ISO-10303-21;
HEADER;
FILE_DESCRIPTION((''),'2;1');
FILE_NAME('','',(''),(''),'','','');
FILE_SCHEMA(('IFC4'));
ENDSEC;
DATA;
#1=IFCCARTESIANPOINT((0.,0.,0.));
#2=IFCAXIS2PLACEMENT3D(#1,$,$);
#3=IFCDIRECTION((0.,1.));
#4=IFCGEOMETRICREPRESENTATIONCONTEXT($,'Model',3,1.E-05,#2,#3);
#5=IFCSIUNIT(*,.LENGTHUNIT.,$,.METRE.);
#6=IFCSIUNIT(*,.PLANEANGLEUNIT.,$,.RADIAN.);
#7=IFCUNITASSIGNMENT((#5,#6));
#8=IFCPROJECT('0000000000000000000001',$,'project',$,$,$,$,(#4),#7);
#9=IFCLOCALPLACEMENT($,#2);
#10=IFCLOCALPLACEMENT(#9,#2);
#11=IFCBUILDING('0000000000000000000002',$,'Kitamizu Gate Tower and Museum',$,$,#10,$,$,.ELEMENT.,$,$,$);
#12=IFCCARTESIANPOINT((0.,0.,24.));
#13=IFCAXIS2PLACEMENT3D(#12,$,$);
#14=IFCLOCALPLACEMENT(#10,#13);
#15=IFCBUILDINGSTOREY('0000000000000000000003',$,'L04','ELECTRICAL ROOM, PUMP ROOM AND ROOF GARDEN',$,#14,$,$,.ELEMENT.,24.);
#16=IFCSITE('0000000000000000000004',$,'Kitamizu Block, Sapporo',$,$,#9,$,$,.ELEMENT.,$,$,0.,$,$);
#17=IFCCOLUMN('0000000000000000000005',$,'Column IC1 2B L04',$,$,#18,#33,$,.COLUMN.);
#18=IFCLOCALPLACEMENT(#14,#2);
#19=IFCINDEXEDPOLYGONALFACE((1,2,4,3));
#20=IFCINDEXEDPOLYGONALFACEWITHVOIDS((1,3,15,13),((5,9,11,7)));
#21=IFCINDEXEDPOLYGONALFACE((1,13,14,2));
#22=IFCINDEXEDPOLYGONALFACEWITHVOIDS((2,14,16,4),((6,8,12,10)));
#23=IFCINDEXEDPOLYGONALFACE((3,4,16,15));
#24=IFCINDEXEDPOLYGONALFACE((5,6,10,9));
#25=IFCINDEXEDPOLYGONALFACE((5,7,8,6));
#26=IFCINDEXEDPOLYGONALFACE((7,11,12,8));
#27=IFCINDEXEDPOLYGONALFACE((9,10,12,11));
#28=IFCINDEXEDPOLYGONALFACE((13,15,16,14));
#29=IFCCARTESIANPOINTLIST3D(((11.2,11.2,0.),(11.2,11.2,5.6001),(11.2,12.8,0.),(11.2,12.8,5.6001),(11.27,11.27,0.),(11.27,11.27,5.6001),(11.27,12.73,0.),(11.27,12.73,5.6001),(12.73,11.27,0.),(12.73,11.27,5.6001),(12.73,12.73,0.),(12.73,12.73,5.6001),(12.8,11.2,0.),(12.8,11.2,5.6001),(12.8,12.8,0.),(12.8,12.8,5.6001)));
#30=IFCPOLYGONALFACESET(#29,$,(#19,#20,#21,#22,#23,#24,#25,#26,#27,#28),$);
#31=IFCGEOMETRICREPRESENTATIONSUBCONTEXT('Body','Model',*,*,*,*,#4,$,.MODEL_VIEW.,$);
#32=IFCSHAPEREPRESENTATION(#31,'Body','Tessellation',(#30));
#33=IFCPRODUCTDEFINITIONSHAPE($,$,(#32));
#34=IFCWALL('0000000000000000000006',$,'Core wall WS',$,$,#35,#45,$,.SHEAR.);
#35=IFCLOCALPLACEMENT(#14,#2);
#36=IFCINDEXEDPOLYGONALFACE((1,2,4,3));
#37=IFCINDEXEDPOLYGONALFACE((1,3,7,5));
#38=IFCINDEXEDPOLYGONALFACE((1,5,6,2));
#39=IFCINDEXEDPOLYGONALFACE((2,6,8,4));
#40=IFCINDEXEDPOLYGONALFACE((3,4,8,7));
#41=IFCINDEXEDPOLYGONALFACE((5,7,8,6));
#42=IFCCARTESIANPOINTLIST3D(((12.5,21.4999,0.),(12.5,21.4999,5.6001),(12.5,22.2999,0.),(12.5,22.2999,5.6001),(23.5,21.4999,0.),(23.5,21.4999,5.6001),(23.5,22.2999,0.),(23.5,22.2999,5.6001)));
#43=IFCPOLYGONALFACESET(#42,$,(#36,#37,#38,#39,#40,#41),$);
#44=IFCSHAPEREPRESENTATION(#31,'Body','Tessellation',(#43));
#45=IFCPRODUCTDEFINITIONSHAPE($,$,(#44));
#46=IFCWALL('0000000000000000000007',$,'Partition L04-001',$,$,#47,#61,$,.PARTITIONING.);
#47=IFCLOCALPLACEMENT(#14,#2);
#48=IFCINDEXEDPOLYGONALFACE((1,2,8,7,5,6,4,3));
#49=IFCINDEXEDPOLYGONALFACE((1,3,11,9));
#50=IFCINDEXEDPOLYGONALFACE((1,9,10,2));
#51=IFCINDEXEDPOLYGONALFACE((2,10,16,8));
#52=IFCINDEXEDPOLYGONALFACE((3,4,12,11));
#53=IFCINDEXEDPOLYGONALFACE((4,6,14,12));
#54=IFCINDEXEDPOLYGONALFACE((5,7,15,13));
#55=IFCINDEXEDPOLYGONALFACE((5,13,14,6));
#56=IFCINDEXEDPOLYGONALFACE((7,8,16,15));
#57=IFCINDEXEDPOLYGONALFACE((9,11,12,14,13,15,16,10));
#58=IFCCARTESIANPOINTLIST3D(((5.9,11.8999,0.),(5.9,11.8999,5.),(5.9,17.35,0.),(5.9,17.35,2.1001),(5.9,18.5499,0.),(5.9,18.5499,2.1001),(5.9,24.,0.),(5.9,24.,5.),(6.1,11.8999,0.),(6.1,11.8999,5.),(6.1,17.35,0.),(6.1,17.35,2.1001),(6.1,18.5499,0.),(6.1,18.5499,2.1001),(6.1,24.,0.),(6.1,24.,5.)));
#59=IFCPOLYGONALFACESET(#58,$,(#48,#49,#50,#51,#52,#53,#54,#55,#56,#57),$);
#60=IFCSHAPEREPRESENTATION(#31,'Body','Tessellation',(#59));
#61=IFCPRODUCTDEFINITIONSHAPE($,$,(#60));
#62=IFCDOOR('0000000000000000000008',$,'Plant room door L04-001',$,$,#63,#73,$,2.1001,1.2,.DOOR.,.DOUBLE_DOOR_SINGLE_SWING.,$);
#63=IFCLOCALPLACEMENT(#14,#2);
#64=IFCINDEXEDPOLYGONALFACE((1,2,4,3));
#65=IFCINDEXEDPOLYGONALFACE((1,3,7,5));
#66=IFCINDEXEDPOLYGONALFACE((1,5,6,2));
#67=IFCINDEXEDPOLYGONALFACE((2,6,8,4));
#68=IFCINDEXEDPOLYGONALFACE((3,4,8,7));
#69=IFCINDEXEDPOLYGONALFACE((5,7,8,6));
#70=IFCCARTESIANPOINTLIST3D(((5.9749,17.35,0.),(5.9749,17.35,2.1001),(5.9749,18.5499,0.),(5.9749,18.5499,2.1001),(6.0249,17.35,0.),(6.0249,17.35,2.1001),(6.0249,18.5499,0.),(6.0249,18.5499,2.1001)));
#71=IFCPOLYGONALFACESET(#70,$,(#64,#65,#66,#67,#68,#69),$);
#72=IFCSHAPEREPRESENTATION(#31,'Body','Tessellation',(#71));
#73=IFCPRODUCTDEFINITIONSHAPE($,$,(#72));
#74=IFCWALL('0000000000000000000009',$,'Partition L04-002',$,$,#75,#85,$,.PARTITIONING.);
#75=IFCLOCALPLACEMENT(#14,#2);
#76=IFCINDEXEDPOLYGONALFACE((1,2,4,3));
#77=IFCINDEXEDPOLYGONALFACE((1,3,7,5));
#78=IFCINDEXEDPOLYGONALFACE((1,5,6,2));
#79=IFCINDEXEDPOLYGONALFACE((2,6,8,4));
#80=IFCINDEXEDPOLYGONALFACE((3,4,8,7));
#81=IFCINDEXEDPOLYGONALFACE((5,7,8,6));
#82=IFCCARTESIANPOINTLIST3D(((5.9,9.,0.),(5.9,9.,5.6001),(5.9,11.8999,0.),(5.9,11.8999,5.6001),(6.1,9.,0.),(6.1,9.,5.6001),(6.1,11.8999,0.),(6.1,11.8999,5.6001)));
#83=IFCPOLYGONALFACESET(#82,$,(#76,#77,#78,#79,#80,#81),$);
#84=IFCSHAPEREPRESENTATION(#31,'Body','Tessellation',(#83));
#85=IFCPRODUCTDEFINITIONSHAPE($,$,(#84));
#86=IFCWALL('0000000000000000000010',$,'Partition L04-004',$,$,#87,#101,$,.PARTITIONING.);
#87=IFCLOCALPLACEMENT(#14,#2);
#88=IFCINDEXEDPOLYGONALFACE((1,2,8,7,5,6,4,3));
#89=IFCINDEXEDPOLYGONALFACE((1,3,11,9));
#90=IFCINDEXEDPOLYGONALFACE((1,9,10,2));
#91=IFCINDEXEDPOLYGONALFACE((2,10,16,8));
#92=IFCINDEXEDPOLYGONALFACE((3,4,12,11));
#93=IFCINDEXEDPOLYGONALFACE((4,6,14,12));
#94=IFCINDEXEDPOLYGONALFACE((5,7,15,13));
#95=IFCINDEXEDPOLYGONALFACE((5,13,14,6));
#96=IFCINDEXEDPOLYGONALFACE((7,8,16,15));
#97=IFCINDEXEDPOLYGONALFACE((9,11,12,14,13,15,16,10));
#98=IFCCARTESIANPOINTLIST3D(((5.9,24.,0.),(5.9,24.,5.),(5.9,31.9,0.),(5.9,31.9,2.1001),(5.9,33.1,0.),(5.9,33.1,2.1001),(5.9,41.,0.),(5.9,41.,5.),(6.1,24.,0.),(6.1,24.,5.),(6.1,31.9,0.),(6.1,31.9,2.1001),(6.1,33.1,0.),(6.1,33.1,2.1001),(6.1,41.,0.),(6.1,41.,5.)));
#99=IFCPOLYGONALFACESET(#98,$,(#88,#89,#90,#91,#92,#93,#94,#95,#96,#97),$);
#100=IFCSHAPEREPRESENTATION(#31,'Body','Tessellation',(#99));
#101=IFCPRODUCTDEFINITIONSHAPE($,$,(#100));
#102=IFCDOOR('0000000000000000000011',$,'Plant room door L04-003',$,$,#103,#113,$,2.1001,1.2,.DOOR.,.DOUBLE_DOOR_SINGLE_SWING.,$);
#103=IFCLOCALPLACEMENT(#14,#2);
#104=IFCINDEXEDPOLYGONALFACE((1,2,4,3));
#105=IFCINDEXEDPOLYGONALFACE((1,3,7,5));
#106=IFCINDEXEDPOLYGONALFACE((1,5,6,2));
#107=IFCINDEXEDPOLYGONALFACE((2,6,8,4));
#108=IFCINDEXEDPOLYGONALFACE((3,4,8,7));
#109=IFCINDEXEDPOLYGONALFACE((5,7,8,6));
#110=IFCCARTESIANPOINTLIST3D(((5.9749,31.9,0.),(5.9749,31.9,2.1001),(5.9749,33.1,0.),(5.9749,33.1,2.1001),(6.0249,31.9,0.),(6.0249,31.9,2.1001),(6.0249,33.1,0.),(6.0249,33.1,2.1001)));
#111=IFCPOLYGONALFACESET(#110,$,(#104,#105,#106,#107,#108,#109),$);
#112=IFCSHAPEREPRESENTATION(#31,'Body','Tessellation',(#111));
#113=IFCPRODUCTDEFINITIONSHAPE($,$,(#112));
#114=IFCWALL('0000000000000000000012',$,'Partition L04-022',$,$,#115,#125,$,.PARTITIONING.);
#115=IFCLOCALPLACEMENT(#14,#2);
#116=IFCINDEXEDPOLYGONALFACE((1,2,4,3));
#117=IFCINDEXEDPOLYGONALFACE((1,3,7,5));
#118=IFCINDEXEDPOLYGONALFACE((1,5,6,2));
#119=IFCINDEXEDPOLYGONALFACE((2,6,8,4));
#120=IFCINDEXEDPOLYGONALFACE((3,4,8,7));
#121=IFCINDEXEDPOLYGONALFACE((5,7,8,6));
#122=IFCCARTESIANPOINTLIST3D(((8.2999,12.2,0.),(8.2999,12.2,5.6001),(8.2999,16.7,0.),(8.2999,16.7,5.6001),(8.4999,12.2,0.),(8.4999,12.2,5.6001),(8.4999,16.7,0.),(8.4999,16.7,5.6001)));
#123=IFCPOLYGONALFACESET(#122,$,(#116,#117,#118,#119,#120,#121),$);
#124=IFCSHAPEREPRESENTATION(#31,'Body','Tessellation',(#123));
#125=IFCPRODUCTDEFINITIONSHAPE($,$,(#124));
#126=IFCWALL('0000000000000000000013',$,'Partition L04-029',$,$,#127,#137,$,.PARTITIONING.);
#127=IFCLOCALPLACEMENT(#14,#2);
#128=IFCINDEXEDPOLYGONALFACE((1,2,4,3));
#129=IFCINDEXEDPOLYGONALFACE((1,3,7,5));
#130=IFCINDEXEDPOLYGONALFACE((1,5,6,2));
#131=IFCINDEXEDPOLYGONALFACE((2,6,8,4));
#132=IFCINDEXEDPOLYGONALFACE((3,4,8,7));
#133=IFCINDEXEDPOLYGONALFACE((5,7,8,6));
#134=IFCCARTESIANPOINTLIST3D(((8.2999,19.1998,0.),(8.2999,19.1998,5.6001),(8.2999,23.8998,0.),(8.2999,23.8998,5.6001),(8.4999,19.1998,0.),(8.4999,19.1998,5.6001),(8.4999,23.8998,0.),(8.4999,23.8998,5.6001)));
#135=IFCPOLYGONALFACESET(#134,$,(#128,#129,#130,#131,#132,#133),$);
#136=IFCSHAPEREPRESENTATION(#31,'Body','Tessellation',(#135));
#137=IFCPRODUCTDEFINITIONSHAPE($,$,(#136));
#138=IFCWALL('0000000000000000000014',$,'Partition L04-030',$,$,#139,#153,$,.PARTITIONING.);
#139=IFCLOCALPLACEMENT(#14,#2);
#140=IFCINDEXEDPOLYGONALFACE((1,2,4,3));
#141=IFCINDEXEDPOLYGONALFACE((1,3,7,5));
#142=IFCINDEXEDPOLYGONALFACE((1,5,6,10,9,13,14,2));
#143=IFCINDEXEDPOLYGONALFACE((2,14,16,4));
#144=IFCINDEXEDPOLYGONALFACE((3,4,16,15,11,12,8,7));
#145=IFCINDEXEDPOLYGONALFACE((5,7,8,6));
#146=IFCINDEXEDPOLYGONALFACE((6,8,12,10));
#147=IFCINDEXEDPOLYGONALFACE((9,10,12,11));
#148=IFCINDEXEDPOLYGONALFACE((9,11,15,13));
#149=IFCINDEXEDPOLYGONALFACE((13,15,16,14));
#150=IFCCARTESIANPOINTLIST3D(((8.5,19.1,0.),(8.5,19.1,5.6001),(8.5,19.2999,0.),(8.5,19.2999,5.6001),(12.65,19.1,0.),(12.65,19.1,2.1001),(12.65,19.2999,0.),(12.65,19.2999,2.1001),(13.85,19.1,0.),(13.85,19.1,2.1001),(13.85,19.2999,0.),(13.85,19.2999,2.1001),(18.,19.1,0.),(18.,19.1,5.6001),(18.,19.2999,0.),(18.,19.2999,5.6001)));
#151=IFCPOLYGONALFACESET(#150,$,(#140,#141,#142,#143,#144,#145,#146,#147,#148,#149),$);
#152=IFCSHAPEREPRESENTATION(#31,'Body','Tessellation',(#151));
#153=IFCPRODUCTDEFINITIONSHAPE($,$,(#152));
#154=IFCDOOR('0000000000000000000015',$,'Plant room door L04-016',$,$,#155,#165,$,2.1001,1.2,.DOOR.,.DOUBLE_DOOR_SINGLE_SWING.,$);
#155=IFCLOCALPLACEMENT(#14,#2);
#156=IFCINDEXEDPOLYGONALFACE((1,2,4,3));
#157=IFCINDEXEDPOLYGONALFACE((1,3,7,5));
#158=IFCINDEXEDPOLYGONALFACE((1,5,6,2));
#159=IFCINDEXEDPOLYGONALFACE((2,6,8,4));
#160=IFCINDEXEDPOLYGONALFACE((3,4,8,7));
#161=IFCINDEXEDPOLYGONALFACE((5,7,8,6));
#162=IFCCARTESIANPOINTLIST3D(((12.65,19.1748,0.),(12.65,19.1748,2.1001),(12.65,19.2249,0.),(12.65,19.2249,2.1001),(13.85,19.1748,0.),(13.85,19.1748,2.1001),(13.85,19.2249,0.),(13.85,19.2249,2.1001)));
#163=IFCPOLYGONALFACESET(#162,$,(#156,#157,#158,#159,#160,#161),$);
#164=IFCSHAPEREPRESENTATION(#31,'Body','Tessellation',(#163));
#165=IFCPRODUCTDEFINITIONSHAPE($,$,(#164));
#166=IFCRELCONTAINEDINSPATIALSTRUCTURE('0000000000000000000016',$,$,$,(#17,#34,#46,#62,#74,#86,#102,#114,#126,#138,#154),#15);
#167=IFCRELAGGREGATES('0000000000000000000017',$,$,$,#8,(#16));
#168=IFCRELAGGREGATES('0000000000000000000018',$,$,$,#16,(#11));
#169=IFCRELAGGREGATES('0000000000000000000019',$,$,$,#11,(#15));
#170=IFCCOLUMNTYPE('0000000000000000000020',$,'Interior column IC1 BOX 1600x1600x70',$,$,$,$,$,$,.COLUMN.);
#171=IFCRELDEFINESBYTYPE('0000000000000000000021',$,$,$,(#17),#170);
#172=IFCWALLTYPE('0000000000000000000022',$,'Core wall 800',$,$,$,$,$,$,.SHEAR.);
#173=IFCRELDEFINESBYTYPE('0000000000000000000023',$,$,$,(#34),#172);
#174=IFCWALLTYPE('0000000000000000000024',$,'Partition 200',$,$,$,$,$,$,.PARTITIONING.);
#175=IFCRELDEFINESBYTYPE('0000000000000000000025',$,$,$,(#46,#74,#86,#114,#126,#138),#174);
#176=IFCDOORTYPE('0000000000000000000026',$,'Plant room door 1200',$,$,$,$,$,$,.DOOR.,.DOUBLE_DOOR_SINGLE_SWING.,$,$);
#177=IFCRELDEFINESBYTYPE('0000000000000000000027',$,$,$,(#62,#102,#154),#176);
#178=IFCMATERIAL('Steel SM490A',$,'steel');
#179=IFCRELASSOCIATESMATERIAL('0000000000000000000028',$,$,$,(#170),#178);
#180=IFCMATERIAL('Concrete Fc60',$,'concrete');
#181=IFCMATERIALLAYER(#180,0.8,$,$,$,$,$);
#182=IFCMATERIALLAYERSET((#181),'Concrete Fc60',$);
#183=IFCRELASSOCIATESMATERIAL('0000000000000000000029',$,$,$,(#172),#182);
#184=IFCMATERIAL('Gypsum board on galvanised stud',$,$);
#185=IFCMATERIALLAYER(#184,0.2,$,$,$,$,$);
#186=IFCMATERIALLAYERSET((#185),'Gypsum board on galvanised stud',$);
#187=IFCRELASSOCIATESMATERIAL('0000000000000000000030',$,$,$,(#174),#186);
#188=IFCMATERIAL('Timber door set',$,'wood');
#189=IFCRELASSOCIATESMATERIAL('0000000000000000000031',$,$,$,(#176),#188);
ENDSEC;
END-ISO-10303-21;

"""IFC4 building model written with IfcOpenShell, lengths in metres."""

from ifc_helpers import new_model, si_unit, direction, frame, frame_2d, origin, origin_2d, place, context, subcontext, project, spatial, rectangle, hollow_rectangle, extrude, material, layer, layer_set, material_profile, profile_set, type_object, element, fill, save


model = new_model("IFC4")

# Units and contexts
model_context = context("Model", 3, precision=1e-05, world=origin(), true_north=direction((0.0, 1.0)))
body_context = subcontext(model_context, "Body", "Model", "MODEL_VIEW")
ifc_project = project(units=[si_unit("LENGTHUNIT", "METRE"), si_unit("PLANEANGLEUNIT", "RADIAN")], contexts=[model_context])

# Site, building, storey
site_placement = place(None, origin())
site = spatial("IfcSite", under=ifc_project, at=site_placement, Name="Kitamizu Block, Sapporo", CompositionType="ELEMENT", RefElevation=0.0)
building_placement = place(site_placement, origin())
building = spatial("IfcBuilding", under=site, at=building_placement, Name="Kitamizu Gate Tower and Museum", CompositionType="ELEMENT")
storey_placement = place(building_placement, frame((0.0, 0.0, 24.0)))
storey = spatial("IfcBuildingStorey", under=building, at=storey_placement, Name="L04", Description="ELECTRICAL ROOM, PUMP ROOM AND ROOF GARDEN", CompositionType="ELEMENT", Elevation=24.0)

# Column
ifc_material_1 = material(Name="Steel SM490A", Category="steel")
ifc_material_profile = material_profile(ifc_material_1, hollow_rectangle(XDim=1.6001, YDim=1.6001, WallThickness=0.0701, at=origin_2d()), Name="BOX 1600x1600x70")
ifc_profile_set = profile_set([ifc_material_profile], Name="Steel SM490A")
column_type = type_object("IfcColumnType", Name="Interior column IC1 BOX 1600x1600x70", PredefinedType="COLUMN", material=ifc_profile_set)
column_placement = place(storey_placement, frame((12.0, 12.0, 0.0), z_axis=(0.0, 0.0, 1.0), x_axis=(1.0, 0.0, 0.0)))
element("IfcColumn", 1, at=column_placement, inside=storey, type_object=column_type, Name="Column IC1 2B L04", PredefinedType="COLUMN", context=body_context, shape_type="SweptSolid", body=[
    extrude(hollow_rectangle(XDim=1.6001, YDim=1.6001, WallThickness=0.0701, at=origin_2d()), origin(), (0.0, 0.0, 1.0), 5.6001),
])

# Wall
ifc_material_2 = material(Name="Concrete Fc60", Category="concrete")
ifc_layer_1 = layer(ifc_material_2, 0.8)
ifc_layer_set_1 = layer_set([ifc_layer_1], Name="Concrete Fc60")
wall_type_1 = type_object("IfcWallType", Name="Core wall 800", PredefinedType="SHEAR", material=ifc_layer_set_1)
wall_1_placement = place(storey_placement, frame((12.5, 21.8999, 0.0), z_axis=(0.0, 0.0, 1.0), x_axis=(1.0, 0.0, 0.0)))
element("IfcWall", 2, at=wall_1_placement, inside=storey, type_object=wall_type_1, Name="Core wall WS", PredefinedType="SHEAR", context=body_context, shape_type="SweptSolid", body=[
    extrude(rectangle(XDim=11.0, YDim=0.8, at=frame_2d((5.5, 0.0))), origin(), (0.0, 0.0, 1.0), 5.6001),
])

# Wall, opening, door
ifc_material_3 = material(Name="Gypsum board on galvanised stud")
ifc_layer_2 = layer(ifc_material_3, 0.2)
ifc_layer_set_2 = layer_set([ifc_layer_2], Name="Gypsum board on galvanised stud")
wall_type_2 = type_object("IfcWallType", Name="Partition 200", PredefinedType="PARTITIONING", material=ifc_layer_set_2)
wall_2_placement = place(storey_placement, frame((6.0, 24.0, 0.0), z_axis=(0.0, 0.0, 1.0), x_axis=(0.0, -1.0, 0.0)))
wall_2 = element("IfcWall", 3, at=wall_2_placement, inside=storey, type_object=wall_type_2, Name="Partition L04-001", PredefinedType="PARTITIONING", context=body_context, shape_type="SweptSolid", body=[
    extrude(rectangle(XDim=12.1001, YDim=0.2, at=frame_2d((6.05, 0.0))), origin(), (0.0, 0.0, 1.0), 5.0),
])
opening_1_placement = place(wall_2_placement, frame((5.45, 0.0, 0.0)))
opening_1 = element("IfcOpeningElement", 4, at=opening_1_placement, cuts=wall_2, PredefinedType="OPENING", context=body_context, shape_type="SweptSolid", body=[
    extrude(rectangle(XDim=1.2, YDim=2.1001, at=frame_2d((0.6001, 1.05))), frame((0.0, 0.1099, 0.0), z_axis=(0.0, -1.0, 0.0), x_axis=(1.0, 0.0, 0.0)), (0.0, 0.0, 1.0), 0.22),
])
ifc_material_4 = material(Name="Timber door set", Category="wood")
door_type = type_object("IfcDoorType", Name="Plant room door 1200", OperationType="DOUBLE_DOOR_SINGLE_SWING", PredefinedType="DOOR", material=ifc_material_4)
door_1_placement = place(opening_1_placement, origin())
door_1 = element("IfcDoor", 5, at=door_1_placement, inside=storey, type_object=door_type, Name="Plant room door L04-001", OperationType="DOUBLE_DOOR_SINGLE_SWING", OverallHeight=2.1001, OverallWidth=1.2, PredefinedType="DOOR", context=body_context, shape_type="SweptSolid", body=[
    extrude(rectangle(XDim=1.2, YDim=2.1001, at=frame_2d((0.6001, 1.05))), frame((0.0, 0.0249, 0.0), z_axis=(0.0, -1.0, 0.0), x_axis=(1.0, 0.0, 0.0)), (0.0, 0.0, 1.0), 0.05),
])
fill(opening_1, door_1)

# Wall
wall_3_placement = place(storey_placement, frame((6.0, 11.8999, 0.0), z_axis=(0.0, 0.0, 1.0), x_axis=(0.0, -1.0, 0.0)))
element("IfcWall", 6, at=wall_3_placement, inside=storey, type_object=wall_type_2, Name="Partition L04-002", PredefinedType="PARTITIONING", context=body_context, shape_type="SweptSolid", body=[
    extrude(rectangle(XDim=2.8999, YDim=0.2, at=frame_2d((1.45, 0.0))), origin(), (0.0, 0.0, 1.0), 5.6001),
])

# Wall, opening, door
wall_4_placement = place(storey_placement, frame((6.0, 41.0, 0.0), z_axis=(0.0, 0.0, 1.0), x_axis=(0.0, -1.0, 0.0)))
wall_4 = element("IfcWall", 7, at=wall_4_placement, inside=storey, type_object=wall_type_2, Name="Partition L04-004", PredefinedType="PARTITIONING", context=body_context, shape_type="SweptSolid", body=[
    extrude(rectangle(XDim=17.0, YDim=0.2, at=frame_2d((8.5, 0.0))), origin(), (0.0, 0.0, 1.0), 5.0),
])
opening_2_placement = place(wall_4_placement, frame((7.8999, 0.0, 0.0)))
opening_2 = element("IfcOpeningElement", 8, at=opening_2_placement, cuts=wall_4, PredefinedType="OPENING", context=body_context, shape_type="SweptSolid", body=[
    extrude(rectangle(XDim=1.2, YDim=2.1001, at=frame_2d((0.6001, 1.05))), frame((0.0, 0.1099, 0.0), z_axis=(0.0, -1.0, 0.0), x_axis=(1.0, 0.0, 0.0)), (0.0, 0.0, 1.0), 0.22),
])
door_2_placement = place(opening_2_placement, origin())
door_2 = element("IfcDoor", 9, at=door_2_placement, inside=storey, type_object=door_type, Name="Plant room door L04-003", OperationType="DOUBLE_DOOR_SINGLE_SWING", OverallHeight=2.1001, OverallWidth=1.2, PredefinedType="DOOR", context=body_context, shape_type="SweptSolid", body=[
    extrude(rectangle(XDim=1.2, YDim=2.1001, at=frame_2d((0.6001, 1.05))), frame((0.0, 0.0249, 0.0), z_axis=(0.0, -1.0, 0.0), x_axis=(1.0, 0.0, 0.0)), (0.0, 0.0, 1.0), 0.05),
])
fill(opening_2, door_2)

# Walls
wall_5_placement = place(storey_placement, frame((8.3999, 16.7, 0.0), z_axis=(0.0, 0.0, 1.0), x_axis=(0.0, -1.0, 0.0)))
element("IfcWall", 10, at=wall_5_placement, inside=storey, type_object=wall_type_2, Name="Partition L04-022", PredefinedType="PARTITIONING", context=body_context, shape_type="SweptSolid", body=[
    extrude(rectangle(XDim=4.5, YDim=0.2, at=frame_2d((2.25, 0.0))), origin(), (0.0, 0.0, 1.0), 5.6001),
])
wall_6_placement = place(storey_placement, frame((8.3999, 23.8999, 0.0), z_axis=(0.0, 0.0, 1.0), x_axis=(0.0, -1.0, 0.0)))
element("IfcWall", 11, at=wall_6_placement, inside=storey, type_object=wall_type_2, Name="Partition L04-029", PredefinedType="PARTITIONING", context=body_context, shape_type="SweptSolid", body=[
    extrude(rectangle(XDim=4.7, YDim=0.2, at=frame_2d((2.3501, 0.0))), origin(), (0.0, 0.0, 1.0), 5.6001),
])

# Wall, opening, door
wall_7_placement = place(storey_placement, frame((8.5, 19.2, 0.0), z_axis=(0.0, 0.0, 1.0), x_axis=(1.0, 0.0, 0.0)))
wall_7 = element("IfcWall", 12, at=wall_7_placement, inside=storey, type_object=wall_type_2, Name="Partition L04-030", PredefinedType="PARTITIONING", context=body_context, shape_type="SweptSolid", body=[
    extrude(rectangle(XDim=9.5, YDim=0.2, at=frame_2d((4.75, 0.0))), origin(), (0.0, 0.0, 1.0), 5.6001),
])
opening_3_placement = place(wall_7_placement, frame((4.1499, 0.0, 0.0)))
opening_3 = element("IfcOpeningElement", 13, at=opening_3_placement, cuts=wall_7, PredefinedType="OPENING", context=body_context, shape_type="SweptSolid", body=[
    extrude(rectangle(XDim=1.2, YDim=2.1001, at=frame_2d((0.6001, 1.05))), frame((0.0, 0.1099, 0.0), z_axis=(0.0, -1.0, 0.0), x_axis=(1.0, 0.0, 0.0)), (0.0, 0.0, 1.0), 0.22),
])
door_3_placement = place(opening_3_placement, origin())
door_3 = element("IfcDoor", 14, at=door_3_placement, inside=storey, type_object=door_type, Name="Plant room door L04-016", OperationType="DOUBLE_DOOR_SINGLE_SWING", OverallHeight=2.1001, OverallWidth=1.2, PredefinedType="DOOR", context=body_context, shape_type="SweptSolid", body=[
    extrude(rectangle(XDim=1.2, YDim=2.1001, at=frame_2d((0.6001, 1.05))), frame((0.0, 0.0249, 0.0), z_axis=(0.0, -1.0, 0.0), x_axis=(1.0, 0.0, 0.0)), (0.0, 0.0, 1.0), 0.05),
])
fill(opening_3, door_3)

save(model, "model.ifc")
